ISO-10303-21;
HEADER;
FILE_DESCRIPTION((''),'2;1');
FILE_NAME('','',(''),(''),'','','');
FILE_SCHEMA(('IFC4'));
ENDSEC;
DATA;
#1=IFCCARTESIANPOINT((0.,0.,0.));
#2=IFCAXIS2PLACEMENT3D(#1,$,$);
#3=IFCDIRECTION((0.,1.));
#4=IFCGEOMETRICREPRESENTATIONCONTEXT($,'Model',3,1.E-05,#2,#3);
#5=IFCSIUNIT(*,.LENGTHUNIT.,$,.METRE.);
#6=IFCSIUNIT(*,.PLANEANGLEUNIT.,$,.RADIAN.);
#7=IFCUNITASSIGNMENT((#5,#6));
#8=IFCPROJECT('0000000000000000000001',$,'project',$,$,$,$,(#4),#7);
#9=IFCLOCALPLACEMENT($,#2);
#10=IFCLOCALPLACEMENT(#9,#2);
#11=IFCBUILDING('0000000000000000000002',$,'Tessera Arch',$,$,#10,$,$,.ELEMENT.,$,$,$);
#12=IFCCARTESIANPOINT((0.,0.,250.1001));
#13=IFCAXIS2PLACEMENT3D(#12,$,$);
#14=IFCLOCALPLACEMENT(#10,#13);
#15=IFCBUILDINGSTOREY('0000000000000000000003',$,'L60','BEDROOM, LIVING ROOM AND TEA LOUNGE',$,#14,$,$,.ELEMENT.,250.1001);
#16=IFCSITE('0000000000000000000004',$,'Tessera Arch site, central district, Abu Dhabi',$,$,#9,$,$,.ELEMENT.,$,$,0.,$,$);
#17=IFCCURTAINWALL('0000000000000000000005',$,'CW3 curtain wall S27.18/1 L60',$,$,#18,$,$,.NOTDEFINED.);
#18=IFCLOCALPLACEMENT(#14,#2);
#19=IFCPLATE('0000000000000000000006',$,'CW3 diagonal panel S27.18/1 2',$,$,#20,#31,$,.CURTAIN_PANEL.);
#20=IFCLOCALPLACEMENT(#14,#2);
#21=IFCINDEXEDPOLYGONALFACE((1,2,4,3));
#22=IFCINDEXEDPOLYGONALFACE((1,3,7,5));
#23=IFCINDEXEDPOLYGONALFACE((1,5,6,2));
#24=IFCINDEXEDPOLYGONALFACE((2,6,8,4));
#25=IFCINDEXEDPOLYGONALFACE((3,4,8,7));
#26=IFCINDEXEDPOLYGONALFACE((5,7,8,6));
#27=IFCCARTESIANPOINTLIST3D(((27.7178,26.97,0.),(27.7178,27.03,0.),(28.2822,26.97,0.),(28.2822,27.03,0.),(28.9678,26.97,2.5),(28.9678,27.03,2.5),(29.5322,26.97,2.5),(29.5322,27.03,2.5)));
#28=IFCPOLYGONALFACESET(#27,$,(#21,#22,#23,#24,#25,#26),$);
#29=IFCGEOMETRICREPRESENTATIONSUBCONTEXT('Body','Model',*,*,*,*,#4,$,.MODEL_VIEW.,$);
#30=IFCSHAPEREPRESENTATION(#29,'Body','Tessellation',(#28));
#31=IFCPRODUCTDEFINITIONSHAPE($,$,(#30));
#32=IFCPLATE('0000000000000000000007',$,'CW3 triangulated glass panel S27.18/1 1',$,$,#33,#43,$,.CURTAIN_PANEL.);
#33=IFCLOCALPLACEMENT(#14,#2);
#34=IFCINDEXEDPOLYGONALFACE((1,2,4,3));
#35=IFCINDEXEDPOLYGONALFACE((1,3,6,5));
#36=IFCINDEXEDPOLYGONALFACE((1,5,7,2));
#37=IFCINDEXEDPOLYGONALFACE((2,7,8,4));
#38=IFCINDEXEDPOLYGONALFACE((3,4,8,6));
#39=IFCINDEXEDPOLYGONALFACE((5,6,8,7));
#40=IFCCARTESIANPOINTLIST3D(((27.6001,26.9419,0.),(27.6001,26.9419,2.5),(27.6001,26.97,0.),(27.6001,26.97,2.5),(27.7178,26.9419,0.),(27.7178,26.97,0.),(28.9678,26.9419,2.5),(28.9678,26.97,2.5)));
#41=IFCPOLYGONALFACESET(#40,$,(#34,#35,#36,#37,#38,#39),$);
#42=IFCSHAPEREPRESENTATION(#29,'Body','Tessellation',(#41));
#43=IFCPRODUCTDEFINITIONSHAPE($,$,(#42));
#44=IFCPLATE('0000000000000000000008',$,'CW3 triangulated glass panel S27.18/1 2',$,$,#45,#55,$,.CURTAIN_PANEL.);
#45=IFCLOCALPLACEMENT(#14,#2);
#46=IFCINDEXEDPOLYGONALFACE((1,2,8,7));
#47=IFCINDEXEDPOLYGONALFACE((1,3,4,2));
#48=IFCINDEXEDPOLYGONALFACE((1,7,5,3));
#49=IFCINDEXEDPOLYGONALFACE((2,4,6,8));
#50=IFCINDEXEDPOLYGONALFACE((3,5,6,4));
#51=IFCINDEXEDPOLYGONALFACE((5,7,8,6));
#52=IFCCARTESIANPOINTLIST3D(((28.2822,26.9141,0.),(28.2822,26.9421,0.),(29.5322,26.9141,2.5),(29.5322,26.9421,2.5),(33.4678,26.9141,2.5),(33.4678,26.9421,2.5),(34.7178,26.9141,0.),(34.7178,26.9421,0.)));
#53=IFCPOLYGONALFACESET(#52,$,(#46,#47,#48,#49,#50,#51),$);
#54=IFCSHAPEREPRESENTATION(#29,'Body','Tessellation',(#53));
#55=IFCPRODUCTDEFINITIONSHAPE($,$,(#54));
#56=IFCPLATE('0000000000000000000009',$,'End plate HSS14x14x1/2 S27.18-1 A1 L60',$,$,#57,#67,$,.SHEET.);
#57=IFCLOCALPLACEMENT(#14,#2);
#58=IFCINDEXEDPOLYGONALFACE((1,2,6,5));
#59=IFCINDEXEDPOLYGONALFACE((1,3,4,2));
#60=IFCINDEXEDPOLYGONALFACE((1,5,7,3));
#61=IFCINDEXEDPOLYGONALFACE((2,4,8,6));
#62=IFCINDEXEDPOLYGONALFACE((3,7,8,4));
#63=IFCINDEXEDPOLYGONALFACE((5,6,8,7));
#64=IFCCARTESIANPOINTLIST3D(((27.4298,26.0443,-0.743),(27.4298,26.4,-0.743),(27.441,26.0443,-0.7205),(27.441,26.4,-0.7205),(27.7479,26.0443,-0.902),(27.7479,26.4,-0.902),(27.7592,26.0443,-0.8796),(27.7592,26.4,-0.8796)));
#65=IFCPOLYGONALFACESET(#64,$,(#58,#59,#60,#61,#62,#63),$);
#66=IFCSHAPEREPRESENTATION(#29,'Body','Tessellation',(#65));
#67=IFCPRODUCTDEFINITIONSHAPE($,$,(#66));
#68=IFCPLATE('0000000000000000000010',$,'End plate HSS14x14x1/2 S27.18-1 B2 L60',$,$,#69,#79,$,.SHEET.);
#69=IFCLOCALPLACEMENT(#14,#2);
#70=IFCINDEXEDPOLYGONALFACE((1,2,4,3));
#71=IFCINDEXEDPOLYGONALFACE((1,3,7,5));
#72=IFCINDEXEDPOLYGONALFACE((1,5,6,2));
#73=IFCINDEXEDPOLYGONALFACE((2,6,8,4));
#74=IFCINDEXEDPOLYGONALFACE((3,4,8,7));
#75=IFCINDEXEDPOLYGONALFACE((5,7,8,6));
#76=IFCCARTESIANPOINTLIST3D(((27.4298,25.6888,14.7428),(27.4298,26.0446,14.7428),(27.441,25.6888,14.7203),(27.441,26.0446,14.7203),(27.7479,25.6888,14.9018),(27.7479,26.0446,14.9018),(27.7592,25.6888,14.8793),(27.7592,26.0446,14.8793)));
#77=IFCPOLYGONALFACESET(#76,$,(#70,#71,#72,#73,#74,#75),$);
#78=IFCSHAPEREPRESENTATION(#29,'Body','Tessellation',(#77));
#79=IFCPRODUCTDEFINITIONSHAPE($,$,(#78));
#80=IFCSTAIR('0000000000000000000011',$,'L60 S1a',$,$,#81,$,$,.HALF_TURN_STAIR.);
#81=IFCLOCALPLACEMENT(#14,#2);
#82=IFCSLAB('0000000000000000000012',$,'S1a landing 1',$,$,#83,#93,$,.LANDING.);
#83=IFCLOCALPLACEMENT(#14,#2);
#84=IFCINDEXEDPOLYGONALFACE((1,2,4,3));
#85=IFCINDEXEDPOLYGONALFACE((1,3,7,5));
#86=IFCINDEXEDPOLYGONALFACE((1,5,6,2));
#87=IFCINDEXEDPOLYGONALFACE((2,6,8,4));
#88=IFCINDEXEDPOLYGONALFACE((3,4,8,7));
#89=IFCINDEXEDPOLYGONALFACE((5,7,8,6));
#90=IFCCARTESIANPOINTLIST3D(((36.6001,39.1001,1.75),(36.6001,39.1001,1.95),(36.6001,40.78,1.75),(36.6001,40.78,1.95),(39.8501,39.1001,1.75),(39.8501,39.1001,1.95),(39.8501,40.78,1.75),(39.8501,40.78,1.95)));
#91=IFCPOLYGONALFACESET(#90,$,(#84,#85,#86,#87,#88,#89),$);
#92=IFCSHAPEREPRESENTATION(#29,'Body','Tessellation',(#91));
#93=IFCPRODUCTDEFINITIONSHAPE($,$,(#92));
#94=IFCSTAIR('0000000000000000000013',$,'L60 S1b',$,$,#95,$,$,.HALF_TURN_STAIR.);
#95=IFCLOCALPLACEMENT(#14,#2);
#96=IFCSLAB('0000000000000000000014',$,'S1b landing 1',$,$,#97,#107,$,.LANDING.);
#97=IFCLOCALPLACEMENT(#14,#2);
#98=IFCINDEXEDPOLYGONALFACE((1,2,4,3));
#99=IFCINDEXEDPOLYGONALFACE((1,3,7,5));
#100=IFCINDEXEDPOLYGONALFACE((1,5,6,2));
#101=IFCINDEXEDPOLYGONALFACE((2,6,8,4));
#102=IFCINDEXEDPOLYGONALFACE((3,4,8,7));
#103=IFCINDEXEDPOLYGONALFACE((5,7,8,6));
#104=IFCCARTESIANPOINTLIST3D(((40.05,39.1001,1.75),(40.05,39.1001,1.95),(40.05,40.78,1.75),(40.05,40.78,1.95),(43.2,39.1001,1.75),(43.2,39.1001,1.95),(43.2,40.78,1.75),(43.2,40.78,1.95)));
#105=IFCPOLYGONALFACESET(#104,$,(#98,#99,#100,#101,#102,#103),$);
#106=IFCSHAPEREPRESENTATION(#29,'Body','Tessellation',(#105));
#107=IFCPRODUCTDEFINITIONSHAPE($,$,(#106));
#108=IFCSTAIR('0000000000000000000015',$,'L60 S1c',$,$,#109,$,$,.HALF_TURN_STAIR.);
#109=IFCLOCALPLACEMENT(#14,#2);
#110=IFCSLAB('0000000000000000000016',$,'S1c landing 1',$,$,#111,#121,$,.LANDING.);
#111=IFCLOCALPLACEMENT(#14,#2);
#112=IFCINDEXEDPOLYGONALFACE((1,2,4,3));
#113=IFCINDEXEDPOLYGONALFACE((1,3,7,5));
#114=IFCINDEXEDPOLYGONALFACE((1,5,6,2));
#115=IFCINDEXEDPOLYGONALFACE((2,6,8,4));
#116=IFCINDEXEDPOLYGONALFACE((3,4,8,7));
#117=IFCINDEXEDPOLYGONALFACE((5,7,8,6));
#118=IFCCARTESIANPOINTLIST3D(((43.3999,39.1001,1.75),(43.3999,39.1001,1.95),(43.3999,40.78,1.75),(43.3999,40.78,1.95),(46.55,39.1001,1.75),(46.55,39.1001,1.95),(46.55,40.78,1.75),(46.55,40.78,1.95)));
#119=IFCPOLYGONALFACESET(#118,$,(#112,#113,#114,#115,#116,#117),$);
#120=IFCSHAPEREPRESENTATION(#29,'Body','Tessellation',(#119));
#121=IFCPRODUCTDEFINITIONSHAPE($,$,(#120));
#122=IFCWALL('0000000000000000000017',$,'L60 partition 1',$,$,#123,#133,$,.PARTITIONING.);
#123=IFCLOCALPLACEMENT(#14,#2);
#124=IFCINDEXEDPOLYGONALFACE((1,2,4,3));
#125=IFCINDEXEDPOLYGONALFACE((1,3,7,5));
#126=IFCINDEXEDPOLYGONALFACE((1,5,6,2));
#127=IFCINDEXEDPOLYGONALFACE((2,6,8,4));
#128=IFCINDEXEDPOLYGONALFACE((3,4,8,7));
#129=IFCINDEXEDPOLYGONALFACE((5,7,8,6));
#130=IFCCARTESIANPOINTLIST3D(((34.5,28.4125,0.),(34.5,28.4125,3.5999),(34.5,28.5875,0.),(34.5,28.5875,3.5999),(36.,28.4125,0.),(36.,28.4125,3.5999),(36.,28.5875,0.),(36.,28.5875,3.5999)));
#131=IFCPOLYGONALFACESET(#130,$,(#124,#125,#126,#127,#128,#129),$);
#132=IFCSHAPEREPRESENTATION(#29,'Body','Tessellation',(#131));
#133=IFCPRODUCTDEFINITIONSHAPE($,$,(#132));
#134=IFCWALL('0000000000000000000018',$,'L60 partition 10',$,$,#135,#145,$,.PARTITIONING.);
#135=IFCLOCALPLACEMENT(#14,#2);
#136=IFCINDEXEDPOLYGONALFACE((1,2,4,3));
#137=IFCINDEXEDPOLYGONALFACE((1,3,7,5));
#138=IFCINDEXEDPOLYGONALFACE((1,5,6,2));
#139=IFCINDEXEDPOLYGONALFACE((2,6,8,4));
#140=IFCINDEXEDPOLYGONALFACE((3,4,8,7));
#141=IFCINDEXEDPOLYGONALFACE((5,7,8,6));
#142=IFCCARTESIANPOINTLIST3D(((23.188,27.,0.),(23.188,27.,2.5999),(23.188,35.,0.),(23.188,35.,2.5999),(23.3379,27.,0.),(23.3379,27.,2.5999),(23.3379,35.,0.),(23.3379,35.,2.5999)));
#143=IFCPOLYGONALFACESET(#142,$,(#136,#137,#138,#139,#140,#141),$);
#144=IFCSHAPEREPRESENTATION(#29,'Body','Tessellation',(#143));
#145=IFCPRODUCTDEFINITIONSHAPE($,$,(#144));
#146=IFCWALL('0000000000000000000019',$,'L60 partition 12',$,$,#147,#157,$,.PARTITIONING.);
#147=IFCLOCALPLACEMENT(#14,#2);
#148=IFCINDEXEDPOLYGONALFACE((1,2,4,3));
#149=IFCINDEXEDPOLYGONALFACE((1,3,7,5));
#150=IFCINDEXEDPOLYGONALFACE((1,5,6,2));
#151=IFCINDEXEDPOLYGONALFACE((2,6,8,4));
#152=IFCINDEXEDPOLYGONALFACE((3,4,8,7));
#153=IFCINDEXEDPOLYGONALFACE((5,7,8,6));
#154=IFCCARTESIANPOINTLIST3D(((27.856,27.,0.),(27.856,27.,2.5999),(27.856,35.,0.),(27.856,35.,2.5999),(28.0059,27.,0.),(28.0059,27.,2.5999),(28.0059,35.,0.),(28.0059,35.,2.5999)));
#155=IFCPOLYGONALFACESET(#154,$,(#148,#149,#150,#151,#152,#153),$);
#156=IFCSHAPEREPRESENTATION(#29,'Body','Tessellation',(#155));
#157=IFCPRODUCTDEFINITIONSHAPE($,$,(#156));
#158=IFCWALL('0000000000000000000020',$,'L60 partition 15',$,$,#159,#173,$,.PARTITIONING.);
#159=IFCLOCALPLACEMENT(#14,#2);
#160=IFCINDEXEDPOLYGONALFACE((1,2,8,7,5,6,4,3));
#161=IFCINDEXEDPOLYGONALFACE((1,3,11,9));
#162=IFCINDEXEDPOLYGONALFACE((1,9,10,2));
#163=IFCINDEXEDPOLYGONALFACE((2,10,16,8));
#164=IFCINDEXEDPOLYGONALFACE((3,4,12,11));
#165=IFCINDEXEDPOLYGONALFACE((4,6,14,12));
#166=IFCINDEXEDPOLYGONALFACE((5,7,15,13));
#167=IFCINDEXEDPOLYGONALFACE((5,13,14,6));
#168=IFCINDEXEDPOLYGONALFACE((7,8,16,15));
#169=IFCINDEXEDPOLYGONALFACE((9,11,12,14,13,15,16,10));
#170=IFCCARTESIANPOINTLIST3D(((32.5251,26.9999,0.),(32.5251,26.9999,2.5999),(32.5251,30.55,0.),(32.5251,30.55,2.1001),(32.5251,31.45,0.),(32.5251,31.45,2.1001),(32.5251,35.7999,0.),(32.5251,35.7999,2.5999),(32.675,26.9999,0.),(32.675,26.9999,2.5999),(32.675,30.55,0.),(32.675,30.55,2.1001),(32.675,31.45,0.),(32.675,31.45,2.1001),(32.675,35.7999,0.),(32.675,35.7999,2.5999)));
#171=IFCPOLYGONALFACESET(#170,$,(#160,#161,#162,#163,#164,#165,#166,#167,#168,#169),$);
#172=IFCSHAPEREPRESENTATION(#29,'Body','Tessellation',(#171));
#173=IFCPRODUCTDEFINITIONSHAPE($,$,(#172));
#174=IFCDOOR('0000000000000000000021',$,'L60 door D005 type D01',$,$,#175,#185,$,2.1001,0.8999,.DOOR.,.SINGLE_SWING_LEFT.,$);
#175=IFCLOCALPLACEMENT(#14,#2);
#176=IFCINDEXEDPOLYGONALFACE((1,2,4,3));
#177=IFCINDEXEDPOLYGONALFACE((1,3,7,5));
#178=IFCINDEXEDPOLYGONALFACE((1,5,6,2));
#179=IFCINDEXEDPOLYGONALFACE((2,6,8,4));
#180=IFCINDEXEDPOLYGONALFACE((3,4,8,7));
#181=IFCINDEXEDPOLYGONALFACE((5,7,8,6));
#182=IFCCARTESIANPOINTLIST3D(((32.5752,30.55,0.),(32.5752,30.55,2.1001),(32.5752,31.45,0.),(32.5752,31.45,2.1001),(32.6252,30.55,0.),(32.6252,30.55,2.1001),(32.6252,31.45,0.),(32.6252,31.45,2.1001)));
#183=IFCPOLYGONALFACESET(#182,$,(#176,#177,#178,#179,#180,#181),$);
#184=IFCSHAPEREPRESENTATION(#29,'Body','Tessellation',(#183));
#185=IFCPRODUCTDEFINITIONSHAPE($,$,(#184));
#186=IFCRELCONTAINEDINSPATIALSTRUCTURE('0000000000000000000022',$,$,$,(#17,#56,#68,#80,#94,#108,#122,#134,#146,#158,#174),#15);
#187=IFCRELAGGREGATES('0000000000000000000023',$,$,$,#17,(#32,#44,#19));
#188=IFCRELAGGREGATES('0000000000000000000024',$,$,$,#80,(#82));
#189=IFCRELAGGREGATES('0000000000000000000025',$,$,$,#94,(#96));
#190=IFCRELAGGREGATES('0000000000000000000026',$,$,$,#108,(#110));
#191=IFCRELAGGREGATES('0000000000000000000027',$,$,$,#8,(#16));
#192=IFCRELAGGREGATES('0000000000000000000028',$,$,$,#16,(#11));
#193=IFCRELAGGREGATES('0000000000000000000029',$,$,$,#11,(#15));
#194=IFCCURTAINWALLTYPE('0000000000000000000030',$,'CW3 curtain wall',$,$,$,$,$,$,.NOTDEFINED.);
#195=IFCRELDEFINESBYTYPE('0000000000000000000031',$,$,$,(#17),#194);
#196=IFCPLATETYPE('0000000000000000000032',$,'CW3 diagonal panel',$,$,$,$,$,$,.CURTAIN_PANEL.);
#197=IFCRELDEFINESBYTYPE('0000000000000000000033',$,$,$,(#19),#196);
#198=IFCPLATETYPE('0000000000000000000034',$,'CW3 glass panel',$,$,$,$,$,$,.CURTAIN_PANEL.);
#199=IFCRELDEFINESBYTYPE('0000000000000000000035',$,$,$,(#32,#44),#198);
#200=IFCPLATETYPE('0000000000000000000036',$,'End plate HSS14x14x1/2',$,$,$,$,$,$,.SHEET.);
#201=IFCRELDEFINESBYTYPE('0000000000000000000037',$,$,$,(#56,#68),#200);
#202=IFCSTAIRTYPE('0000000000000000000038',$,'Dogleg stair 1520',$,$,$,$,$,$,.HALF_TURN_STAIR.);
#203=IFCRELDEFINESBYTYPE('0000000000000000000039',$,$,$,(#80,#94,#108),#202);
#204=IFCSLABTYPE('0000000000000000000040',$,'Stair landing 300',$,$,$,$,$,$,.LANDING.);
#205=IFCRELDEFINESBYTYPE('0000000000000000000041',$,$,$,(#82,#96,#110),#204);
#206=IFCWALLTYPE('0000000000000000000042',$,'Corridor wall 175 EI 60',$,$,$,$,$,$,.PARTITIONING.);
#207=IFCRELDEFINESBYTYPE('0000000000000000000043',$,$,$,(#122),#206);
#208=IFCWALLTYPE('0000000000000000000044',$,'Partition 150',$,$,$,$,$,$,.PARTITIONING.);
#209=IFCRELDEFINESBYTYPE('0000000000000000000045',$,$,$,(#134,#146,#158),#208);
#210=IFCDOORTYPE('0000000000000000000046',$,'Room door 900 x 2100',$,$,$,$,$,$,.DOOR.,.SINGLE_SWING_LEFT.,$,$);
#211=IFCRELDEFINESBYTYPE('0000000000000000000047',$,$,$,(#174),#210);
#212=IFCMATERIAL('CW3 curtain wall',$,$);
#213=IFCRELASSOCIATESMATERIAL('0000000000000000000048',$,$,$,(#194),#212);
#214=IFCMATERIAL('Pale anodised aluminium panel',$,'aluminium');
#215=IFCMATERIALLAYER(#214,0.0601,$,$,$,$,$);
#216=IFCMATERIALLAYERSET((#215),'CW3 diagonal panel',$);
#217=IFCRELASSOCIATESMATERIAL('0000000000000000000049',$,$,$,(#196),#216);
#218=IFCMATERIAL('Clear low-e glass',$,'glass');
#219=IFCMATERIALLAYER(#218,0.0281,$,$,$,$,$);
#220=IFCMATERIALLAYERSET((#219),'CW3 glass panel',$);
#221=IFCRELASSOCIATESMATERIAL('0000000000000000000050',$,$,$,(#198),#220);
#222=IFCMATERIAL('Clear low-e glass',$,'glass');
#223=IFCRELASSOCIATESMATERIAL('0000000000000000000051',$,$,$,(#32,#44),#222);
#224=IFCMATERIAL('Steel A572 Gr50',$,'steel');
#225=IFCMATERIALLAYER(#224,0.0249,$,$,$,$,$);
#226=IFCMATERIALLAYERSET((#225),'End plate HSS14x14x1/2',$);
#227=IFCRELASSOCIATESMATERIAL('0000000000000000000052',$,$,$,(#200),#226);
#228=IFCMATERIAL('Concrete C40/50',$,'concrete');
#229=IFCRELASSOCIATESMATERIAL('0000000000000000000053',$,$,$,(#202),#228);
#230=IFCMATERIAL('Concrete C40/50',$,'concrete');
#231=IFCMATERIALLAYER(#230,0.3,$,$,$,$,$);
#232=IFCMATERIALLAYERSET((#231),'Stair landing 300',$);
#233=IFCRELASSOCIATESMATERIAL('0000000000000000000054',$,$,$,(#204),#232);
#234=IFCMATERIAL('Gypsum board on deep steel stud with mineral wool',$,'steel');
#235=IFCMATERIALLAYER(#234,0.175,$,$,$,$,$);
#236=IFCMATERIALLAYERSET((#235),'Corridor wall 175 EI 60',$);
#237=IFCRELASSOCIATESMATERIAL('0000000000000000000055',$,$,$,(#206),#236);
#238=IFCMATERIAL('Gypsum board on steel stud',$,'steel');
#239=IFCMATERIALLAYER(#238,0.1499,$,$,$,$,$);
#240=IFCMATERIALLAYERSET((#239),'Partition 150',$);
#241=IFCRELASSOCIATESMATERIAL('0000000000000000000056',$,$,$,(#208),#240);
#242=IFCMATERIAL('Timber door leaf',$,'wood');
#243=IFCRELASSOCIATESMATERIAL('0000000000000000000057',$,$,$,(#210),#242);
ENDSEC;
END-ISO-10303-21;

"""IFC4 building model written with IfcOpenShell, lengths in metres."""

from ifc_helpers import new_model, si_unit, direction, frame, frame_2d, origin, origin_2d, place, context, subcontext, project, spatial, polyline, rectangle, outline, extrude, material, layer, layer_set, type_object, element, fill, aggregate, save


model = new_model("IFC4")

# Units and contexts
model_context = context("Model", 3, precision=1e-05, world=origin(), true_north=direction((0.0, 1.0)))
body_context = subcontext(model_context, "Body", "Model", "MODEL_VIEW")
ifc_project = project(units=[si_unit("LENGTHUNIT", "METRE"), si_unit("PLANEANGLEUNIT", "RADIAN")], contexts=[model_context])

# Site, building, storey
site_placement = place(None, origin())
site = spatial("IfcSite", under=ifc_project, at=site_placement, Name="Tessera Arch site, central district, Abu Dhabi", CompositionType="ELEMENT", RefElevation=0.0)
building_placement = place(site_placement, origin())
building = spatial("IfcBuilding", under=site, at=building_placement, Name="Tessera Arch", CompositionType="ELEMENT")
storey_placement = place(building_placement, frame((0.0, 0.0, 250.1001)))
storey = spatial("IfcBuildingStorey", under=building, at=storey_placement, Name="L60", Description="BEDROOM, LIVING ROOM AND TEA LOUNGE", CompositionType="ELEMENT", Elevation=250.1001)

# Curtain wall
ifc_material_1 = material(Name="CW3 curtain wall")
curtain_wall_type_1 = type_object("IfcCurtainWallType", Name="CW3 curtain wall", PredefinedType="NOTDEFINED", material=ifc_material_1)
curtain_wall_1_placement = place(storey_placement, origin())
curtain_wall_1 = element("IfcCurtainWall", 1, at=curtain_wall_1_placement, inside=storey, type_object=curtain_wall_type_1, Name="CW3 curtain wall S27.18/1 L60", PredefinedType="NOTDEFINED")

# Plates
ifc_material_2 = material(Name="Clear low-e glass", Category="glass")
ifc_material_3 = material(Name="Pale anodised aluminium panel", Category="aluminium")
ifc_layer_1 = layer(ifc_material_3, 0.0601)
ifc_layer_set_1 = layer_set([ifc_layer_1], Name="CW3 diagonal panel")
plate_type_1 = type_object("IfcPlateType", Name="CW3 diagonal panel", PredefinedType="CURTAIN_PANEL", material=ifc_layer_set_1)
plate_1_placement = place(storey_placement, frame((29.5322, 26.97, 2.5), z_axis=(0.0, -1.0, 0.0), x_axis=(-1.0, 0.0, 0.0)))
plate_1 = element("IfcPlate", 2, at=plate_1_placement, type_object=plate_type_1, Name="CW3 diagonal panel S27.18/1 2", PredefinedType="CURTAIN_PANEL", context=body_context, shape_type="SweptSolid", body=[
    extrude(outline(polyline([(0.0, 0.0), (0.5645, 0.0), (1.8145, 2.5), (1.25, 2.5), (0.0, 0.0)])), origin(), (0.0, 0.0, -1.0), 0.0601),
])
ifc_material_4 = material(Name="Clear low-e glass", Category="glass")
ifc_layer_2 = layer(ifc_material_4, 0.0281)
ifc_layer_set_2 = layer_set([ifc_layer_2], Name="CW3 glass panel")
plate_type_2 = type_object("IfcPlateType", Name="CW3 glass panel", PredefinedType="CURTAIN_PANEL", material=ifc_layer_set_2)
plate_2_placement = place(storey_placement, frame((27.6001, 26.9419, 0.0), z_axis=(0.0, -1.0, 0.0), x_axis=(1.0, 0.0, 0.0)))
plate_2 = element("IfcPlate", 3, at=plate_2_placement, type_object=plate_type_2, material=ifc_material_2, Name="CW3 triangulated glass panel S27.18/1 1", PredefinedType="CURTAIN_PANEL", context=body_context, shape_type="SweptSolid", body=[
    extrude(outline(polyline([(0.0, 0.0), (0.1177, 0.0), (1.3677, 2.5), (0.0, 2.5), (0.0, 0.0)])), origin(), (0.0, 0.0, -1.0), 0.0281),
])
plate_3_placement = place(storey_placement, frame((33.4678, 26.9141, 2.5), z_axis=(0.0, -1.0, 0.0), x_axis=(-1.0, 0.0, 0.0)))
plate_3 = element("IfcPlate", 4, at=plate_3_placement, type_object=plate_type_2, material=ifc_material_2, Name="CW3 triangulated glass panel S27.18/1 2", PredefinedType="CURTAIN_PANEL", context=body_context, shape_type="SweptSolid", body=[
    extrude(outline(polyline([(0.0, 0.0), (3.9355, 0.0), (5.1855, 2.5), (-1.25, 2.5), (0.0, 0.0)])), origin(), (0.0, 0.0, -1.0), 0.0281),
])
aggregate(curtain_wall_1, [plate_2, plate_3, plate_1])

# Plates
ifc_material_5 = material(Name="Steel A572 Gr50", Category="steel")
ifc_layer_3 = layer(ifc_material_5, 0.0249)
ifc_layer_set_3 = layer_set([ifc_layer_3], Name="End plate HSS14x14x1/2")
plate_type_3 = type_object("IfcPlateType", Name="End plate HSS14x14x1/2", PredefinedType="SHEET", material=ifc_layer_set_3)
for number, where, z_axis, x_axis, name in (
    (5, (27.5889, 26.2222, -0.8225), (0.447214, 0.0, 0.894427), (0.0, 1.0, 0.0), "End plate HSS14x14x1/2 S27.18-1 A1 L60"),
    (6, (27.6001, 25.8667, 14.7998), (-0.447214, 0.0, 0.894427), (0.0, -1.0, 0.0), "End plate HSS14x14x1/2 S27.18-1 B2 L60"),
):
    element("IfcPlate", number, at=place(storey_placement, frame(where, z_axis=z_axis, x_axis=x_axis)), inside=storey, type_object=plate_type_3, Name=name, PredefinedType="SHEET", context=body_context, shape_type="SweptSolid", body=[
        extrude(rectangle(XDim=0.3557, YDim=0.3557, at=origin_2d()), origin(), (0.0, 0.0, 1.0), 0.0251),
    ])

# Stairs, slabs
ifc_material_6 = material(Name="Concrete C40/50", Category="concrete")
stair_type = type_object("IfcStairType", Name="Dogleg stair 1520", PredefinedType="HALF_TURN_STAIR", material=ifc_material_6)
stair_1_placement = place(storey_placement, origin())
stair_1 = element("IfcStair", 7, at=stair_1_placement, inside=storey, type_object=stair_type, Name="L60 S1a", PredefinedType="HALF_TURN_STAIR")
ifc_material_7 = material(Name="Concrete C40/50", Category="concrete")
ifc_layer_4 = layer(ifc_material_7, 0.3)
ifc_layer_set_4 = layer_set([ifc_layer_4], Name="Stair landing 300")
slab_type = type_object("IfcSlabType", Name="Stair landing 300", PredefinedType="LANDING", material=ifc_layer_set_4)
slab_1_placement = place(storey_placement, frame((0.0, 0.0, 1.75)))
slab_1 = element("IfcSlab", 8, at=slab_1_placement, type_object=slab_type, Name="S1a landing 1", PredefinedType="LANDING", context=body_context, shape_type="SweptSolid", body=[
    extrude(outline(polyline([(36.6001, 40.78), (36.6001, 39.1001), (39.8501, 39.1001), (39.8501, 40.78), (36.6001, 40.78)])), origin(), (0.0, 0.0, 1.0), 0.2),
])
aggregate(stair_1, [slab_1])
stair_2_placement = place(storey_placement, origin())
stair_2 = element("IfcStair", 9, at=stair_2_placement, inside=storey, type_object=stair_type, Name="L60 S1b", PredefinedType="HALF_TURN_STAIR")
slab_2_placement = place(storey_placement, frame((0.0, 0.0, 1.75)))
slab_2 = element("IfcSlab", 10, at=slab_2_placement, type_object=slab_type, Name="S1b landing 1", PredefinedType="LANDING", context=body_context, shape_type="SweptSolid", body=[
    extrude(outline(polyline([(40.05, 40.78), (40.05, 39.1001), (43.2, 39.1001), (43.2, 40.78), (40.05, 40.78)])), origin(), (0.0, 0.0, 1.0), 0.2),
])
aggregate(stair_2, [slab_2])
stair_3_placement = place(storey_placement, origin())
stair_3 = element("IfcStair", 11, at=stair_3_placement, inside=storey, type_object=stair_type, Name="L60 S1c", PredefinedType="HALF_TURN_STAIR")
slab_3_placement = place(storey_placement, frame((0.0, 0.0, 1.75)))
slab_3 = element("IfcSlab", 12, at=slab_3_placement, type_object=slab_type, Name="S1c landing 1", PredefinedType="LANDING", context=body_context, shape_type="SweptSolid", body=[
    extrude(outline(polyline([(43.3999, 40.78), (43.3999, 39.1001), (46.55, 39.1001), (46.55, 40.78), (43.3999, 40.78)])), origin(), (0.0, 0.0, 1.0), 0.2),
])
aggregate(stair_3, [slab_3])

# Walls
ifc_material_8 = material(Name="Gypsum board on deep steel stud with mineral wool", Category="steel")
ifc_layer_5 = layer(ifc_material_8, 0.175)
ifc_layer_set_5 = layer_set([ifc_layer_5], Name="Corridor wall 175 EI 60")
wall_type_1 = type_object("IfcWallType", Name="Corridor wall 175 EI 60", PredefinedType="PARTITIONING", material=ifc_layer_set_5)
wall_1_placement = place(storey_placement, frame((34.5, 28.5, 0.0), z_axis=(0.0, 0.0, 1.0), x_axis=(1.0, 0.0, 0.0)))
element("IfcWall", 13, at=wall_1_placement, inside=storey, type_object=wall_type_1, Name="L60 partition 1", PredefinedType="PARTITIONING", context=body_context, shape_type="SweptSolid", body=[
    extrude(rectangle(XDim=1.5, YDim=0.175, at=frame_2d((0.75, 0.0))), origin(), (0.0, 0.0, 1.0), 3.5999),
])
ifc_material_9 = material(Name="Gypsum board on steel stud", Category="steel")
ifc_layer_6 = layer(ifc_material_9, 0.1499)
ifc_layer_set_6 = layer_set([ifc_layer_6], Name="Partition 150")
wall_type_2 = type_object("IfcWallType", Name="Partition 150", PredefinedType="PARTITIONING", material=ifc_layer_set_6)
for number, where, z_axis, x_axis, name in (
    (14, (23.2629, 27.0, 0.0), (0.0, 0.0, 1.0), (0.0, 1.0, 0.0), "L60 partition 10"),
    (15, (27.9309, 27.0, 0.0), (0.0, 0.0, 1.0), (0.0, 1.0, 0.0), "L60 partition 12"),
):
    element("IfcWall", number, at=place(storey_placement, frame(where, z_axis=z_axis, x_axis=x_axis)), inside=storey, type_object=wall_type_2, Name=name, PredefinedType="PARTITIONING", context=body_context, shape_type="SweptSolid", body=[
        extrude(rectangle(XDim=8.0, YDim=0.1499, at=frame_2d((4.0, 0.0))), origin(), (0.0, 0.0, 1.0), 2.5999),
    ])

# Wall, opening, door
wall_2_placement = place(storey_placement, frame((32.6001, 27.0, 0.0), z_axis=(0.0, 0.0, 1.0), x_axis=(0.0, 1.0, 0.0)))
wall_2 = element("IfcWall", 16, at=wall_2_placement, inside=storey, type_object=wall_type_2, Name="L60 partition 15", PredefinedType="PARTITIONING", context=body_context, shape_type="SweptSolid", body=[
    extrude(rectangle(XDim=8.8, YDim=0.1499, at=frame_2d((4.3999, 0.0))), origin(), (0.0, 0.0, 1.0), 2.5999),
])
opening_placement = place(wall_2_placement, frame((3.55, 0.0, 0.0)))
opening = element("IfcOpeningElement", 17, at=opening_placement, cuts=wall_2, PredefinedType="OPENING", context=body_context, shape_type="SweptSolid", body=[
    extrude(rectangle(XDim=0.8999, YDim=2.1001, at=frame_2d((0.45, 1.05))), frame((0.0, 0.085, 0.0), z_axis=(0.0, -1.0, 0.0), x_axis=(1.0, 0.0, 0.0)), (0.0, 0.0, 1.0), 0.1699),
])
ifc_material_10 = material(Name="Timber door leaf", Category="wood")
door_type = type_object("IfcDoorType", Name="Room door 900 x 2100", OperationType="SINGLE_SWING_LEFT", PredefinedType="DOOR", material=ifc_material_10)
door_placement = place(opening_placement, origin())
door = element("IfcDoor", 18, at=door_placement, inside=storey, type_object=door_type, Name="L60 door D005 type D01", OperationType="SINGLE_SWING_LEFT", OverallHeight=2.1001, OverallWidth=0.8999, PredefinedType="DOOR", context=body_context, shape_type="SweptSolid", body=[
    extrude(rectangle(XDim=0.8999, YDim=2.1001, at=frame_2d((0.45, 1.05))), frame((0.0, 0.0249, 0.0), z_axis=(0.0, -1.0, 0.0), x_axis=(1.0, 0.0, 0.0)), (0.0, 0.0, 1.0), 0.05),
])
fill(opening, door)

save(model, "model.ifc")
